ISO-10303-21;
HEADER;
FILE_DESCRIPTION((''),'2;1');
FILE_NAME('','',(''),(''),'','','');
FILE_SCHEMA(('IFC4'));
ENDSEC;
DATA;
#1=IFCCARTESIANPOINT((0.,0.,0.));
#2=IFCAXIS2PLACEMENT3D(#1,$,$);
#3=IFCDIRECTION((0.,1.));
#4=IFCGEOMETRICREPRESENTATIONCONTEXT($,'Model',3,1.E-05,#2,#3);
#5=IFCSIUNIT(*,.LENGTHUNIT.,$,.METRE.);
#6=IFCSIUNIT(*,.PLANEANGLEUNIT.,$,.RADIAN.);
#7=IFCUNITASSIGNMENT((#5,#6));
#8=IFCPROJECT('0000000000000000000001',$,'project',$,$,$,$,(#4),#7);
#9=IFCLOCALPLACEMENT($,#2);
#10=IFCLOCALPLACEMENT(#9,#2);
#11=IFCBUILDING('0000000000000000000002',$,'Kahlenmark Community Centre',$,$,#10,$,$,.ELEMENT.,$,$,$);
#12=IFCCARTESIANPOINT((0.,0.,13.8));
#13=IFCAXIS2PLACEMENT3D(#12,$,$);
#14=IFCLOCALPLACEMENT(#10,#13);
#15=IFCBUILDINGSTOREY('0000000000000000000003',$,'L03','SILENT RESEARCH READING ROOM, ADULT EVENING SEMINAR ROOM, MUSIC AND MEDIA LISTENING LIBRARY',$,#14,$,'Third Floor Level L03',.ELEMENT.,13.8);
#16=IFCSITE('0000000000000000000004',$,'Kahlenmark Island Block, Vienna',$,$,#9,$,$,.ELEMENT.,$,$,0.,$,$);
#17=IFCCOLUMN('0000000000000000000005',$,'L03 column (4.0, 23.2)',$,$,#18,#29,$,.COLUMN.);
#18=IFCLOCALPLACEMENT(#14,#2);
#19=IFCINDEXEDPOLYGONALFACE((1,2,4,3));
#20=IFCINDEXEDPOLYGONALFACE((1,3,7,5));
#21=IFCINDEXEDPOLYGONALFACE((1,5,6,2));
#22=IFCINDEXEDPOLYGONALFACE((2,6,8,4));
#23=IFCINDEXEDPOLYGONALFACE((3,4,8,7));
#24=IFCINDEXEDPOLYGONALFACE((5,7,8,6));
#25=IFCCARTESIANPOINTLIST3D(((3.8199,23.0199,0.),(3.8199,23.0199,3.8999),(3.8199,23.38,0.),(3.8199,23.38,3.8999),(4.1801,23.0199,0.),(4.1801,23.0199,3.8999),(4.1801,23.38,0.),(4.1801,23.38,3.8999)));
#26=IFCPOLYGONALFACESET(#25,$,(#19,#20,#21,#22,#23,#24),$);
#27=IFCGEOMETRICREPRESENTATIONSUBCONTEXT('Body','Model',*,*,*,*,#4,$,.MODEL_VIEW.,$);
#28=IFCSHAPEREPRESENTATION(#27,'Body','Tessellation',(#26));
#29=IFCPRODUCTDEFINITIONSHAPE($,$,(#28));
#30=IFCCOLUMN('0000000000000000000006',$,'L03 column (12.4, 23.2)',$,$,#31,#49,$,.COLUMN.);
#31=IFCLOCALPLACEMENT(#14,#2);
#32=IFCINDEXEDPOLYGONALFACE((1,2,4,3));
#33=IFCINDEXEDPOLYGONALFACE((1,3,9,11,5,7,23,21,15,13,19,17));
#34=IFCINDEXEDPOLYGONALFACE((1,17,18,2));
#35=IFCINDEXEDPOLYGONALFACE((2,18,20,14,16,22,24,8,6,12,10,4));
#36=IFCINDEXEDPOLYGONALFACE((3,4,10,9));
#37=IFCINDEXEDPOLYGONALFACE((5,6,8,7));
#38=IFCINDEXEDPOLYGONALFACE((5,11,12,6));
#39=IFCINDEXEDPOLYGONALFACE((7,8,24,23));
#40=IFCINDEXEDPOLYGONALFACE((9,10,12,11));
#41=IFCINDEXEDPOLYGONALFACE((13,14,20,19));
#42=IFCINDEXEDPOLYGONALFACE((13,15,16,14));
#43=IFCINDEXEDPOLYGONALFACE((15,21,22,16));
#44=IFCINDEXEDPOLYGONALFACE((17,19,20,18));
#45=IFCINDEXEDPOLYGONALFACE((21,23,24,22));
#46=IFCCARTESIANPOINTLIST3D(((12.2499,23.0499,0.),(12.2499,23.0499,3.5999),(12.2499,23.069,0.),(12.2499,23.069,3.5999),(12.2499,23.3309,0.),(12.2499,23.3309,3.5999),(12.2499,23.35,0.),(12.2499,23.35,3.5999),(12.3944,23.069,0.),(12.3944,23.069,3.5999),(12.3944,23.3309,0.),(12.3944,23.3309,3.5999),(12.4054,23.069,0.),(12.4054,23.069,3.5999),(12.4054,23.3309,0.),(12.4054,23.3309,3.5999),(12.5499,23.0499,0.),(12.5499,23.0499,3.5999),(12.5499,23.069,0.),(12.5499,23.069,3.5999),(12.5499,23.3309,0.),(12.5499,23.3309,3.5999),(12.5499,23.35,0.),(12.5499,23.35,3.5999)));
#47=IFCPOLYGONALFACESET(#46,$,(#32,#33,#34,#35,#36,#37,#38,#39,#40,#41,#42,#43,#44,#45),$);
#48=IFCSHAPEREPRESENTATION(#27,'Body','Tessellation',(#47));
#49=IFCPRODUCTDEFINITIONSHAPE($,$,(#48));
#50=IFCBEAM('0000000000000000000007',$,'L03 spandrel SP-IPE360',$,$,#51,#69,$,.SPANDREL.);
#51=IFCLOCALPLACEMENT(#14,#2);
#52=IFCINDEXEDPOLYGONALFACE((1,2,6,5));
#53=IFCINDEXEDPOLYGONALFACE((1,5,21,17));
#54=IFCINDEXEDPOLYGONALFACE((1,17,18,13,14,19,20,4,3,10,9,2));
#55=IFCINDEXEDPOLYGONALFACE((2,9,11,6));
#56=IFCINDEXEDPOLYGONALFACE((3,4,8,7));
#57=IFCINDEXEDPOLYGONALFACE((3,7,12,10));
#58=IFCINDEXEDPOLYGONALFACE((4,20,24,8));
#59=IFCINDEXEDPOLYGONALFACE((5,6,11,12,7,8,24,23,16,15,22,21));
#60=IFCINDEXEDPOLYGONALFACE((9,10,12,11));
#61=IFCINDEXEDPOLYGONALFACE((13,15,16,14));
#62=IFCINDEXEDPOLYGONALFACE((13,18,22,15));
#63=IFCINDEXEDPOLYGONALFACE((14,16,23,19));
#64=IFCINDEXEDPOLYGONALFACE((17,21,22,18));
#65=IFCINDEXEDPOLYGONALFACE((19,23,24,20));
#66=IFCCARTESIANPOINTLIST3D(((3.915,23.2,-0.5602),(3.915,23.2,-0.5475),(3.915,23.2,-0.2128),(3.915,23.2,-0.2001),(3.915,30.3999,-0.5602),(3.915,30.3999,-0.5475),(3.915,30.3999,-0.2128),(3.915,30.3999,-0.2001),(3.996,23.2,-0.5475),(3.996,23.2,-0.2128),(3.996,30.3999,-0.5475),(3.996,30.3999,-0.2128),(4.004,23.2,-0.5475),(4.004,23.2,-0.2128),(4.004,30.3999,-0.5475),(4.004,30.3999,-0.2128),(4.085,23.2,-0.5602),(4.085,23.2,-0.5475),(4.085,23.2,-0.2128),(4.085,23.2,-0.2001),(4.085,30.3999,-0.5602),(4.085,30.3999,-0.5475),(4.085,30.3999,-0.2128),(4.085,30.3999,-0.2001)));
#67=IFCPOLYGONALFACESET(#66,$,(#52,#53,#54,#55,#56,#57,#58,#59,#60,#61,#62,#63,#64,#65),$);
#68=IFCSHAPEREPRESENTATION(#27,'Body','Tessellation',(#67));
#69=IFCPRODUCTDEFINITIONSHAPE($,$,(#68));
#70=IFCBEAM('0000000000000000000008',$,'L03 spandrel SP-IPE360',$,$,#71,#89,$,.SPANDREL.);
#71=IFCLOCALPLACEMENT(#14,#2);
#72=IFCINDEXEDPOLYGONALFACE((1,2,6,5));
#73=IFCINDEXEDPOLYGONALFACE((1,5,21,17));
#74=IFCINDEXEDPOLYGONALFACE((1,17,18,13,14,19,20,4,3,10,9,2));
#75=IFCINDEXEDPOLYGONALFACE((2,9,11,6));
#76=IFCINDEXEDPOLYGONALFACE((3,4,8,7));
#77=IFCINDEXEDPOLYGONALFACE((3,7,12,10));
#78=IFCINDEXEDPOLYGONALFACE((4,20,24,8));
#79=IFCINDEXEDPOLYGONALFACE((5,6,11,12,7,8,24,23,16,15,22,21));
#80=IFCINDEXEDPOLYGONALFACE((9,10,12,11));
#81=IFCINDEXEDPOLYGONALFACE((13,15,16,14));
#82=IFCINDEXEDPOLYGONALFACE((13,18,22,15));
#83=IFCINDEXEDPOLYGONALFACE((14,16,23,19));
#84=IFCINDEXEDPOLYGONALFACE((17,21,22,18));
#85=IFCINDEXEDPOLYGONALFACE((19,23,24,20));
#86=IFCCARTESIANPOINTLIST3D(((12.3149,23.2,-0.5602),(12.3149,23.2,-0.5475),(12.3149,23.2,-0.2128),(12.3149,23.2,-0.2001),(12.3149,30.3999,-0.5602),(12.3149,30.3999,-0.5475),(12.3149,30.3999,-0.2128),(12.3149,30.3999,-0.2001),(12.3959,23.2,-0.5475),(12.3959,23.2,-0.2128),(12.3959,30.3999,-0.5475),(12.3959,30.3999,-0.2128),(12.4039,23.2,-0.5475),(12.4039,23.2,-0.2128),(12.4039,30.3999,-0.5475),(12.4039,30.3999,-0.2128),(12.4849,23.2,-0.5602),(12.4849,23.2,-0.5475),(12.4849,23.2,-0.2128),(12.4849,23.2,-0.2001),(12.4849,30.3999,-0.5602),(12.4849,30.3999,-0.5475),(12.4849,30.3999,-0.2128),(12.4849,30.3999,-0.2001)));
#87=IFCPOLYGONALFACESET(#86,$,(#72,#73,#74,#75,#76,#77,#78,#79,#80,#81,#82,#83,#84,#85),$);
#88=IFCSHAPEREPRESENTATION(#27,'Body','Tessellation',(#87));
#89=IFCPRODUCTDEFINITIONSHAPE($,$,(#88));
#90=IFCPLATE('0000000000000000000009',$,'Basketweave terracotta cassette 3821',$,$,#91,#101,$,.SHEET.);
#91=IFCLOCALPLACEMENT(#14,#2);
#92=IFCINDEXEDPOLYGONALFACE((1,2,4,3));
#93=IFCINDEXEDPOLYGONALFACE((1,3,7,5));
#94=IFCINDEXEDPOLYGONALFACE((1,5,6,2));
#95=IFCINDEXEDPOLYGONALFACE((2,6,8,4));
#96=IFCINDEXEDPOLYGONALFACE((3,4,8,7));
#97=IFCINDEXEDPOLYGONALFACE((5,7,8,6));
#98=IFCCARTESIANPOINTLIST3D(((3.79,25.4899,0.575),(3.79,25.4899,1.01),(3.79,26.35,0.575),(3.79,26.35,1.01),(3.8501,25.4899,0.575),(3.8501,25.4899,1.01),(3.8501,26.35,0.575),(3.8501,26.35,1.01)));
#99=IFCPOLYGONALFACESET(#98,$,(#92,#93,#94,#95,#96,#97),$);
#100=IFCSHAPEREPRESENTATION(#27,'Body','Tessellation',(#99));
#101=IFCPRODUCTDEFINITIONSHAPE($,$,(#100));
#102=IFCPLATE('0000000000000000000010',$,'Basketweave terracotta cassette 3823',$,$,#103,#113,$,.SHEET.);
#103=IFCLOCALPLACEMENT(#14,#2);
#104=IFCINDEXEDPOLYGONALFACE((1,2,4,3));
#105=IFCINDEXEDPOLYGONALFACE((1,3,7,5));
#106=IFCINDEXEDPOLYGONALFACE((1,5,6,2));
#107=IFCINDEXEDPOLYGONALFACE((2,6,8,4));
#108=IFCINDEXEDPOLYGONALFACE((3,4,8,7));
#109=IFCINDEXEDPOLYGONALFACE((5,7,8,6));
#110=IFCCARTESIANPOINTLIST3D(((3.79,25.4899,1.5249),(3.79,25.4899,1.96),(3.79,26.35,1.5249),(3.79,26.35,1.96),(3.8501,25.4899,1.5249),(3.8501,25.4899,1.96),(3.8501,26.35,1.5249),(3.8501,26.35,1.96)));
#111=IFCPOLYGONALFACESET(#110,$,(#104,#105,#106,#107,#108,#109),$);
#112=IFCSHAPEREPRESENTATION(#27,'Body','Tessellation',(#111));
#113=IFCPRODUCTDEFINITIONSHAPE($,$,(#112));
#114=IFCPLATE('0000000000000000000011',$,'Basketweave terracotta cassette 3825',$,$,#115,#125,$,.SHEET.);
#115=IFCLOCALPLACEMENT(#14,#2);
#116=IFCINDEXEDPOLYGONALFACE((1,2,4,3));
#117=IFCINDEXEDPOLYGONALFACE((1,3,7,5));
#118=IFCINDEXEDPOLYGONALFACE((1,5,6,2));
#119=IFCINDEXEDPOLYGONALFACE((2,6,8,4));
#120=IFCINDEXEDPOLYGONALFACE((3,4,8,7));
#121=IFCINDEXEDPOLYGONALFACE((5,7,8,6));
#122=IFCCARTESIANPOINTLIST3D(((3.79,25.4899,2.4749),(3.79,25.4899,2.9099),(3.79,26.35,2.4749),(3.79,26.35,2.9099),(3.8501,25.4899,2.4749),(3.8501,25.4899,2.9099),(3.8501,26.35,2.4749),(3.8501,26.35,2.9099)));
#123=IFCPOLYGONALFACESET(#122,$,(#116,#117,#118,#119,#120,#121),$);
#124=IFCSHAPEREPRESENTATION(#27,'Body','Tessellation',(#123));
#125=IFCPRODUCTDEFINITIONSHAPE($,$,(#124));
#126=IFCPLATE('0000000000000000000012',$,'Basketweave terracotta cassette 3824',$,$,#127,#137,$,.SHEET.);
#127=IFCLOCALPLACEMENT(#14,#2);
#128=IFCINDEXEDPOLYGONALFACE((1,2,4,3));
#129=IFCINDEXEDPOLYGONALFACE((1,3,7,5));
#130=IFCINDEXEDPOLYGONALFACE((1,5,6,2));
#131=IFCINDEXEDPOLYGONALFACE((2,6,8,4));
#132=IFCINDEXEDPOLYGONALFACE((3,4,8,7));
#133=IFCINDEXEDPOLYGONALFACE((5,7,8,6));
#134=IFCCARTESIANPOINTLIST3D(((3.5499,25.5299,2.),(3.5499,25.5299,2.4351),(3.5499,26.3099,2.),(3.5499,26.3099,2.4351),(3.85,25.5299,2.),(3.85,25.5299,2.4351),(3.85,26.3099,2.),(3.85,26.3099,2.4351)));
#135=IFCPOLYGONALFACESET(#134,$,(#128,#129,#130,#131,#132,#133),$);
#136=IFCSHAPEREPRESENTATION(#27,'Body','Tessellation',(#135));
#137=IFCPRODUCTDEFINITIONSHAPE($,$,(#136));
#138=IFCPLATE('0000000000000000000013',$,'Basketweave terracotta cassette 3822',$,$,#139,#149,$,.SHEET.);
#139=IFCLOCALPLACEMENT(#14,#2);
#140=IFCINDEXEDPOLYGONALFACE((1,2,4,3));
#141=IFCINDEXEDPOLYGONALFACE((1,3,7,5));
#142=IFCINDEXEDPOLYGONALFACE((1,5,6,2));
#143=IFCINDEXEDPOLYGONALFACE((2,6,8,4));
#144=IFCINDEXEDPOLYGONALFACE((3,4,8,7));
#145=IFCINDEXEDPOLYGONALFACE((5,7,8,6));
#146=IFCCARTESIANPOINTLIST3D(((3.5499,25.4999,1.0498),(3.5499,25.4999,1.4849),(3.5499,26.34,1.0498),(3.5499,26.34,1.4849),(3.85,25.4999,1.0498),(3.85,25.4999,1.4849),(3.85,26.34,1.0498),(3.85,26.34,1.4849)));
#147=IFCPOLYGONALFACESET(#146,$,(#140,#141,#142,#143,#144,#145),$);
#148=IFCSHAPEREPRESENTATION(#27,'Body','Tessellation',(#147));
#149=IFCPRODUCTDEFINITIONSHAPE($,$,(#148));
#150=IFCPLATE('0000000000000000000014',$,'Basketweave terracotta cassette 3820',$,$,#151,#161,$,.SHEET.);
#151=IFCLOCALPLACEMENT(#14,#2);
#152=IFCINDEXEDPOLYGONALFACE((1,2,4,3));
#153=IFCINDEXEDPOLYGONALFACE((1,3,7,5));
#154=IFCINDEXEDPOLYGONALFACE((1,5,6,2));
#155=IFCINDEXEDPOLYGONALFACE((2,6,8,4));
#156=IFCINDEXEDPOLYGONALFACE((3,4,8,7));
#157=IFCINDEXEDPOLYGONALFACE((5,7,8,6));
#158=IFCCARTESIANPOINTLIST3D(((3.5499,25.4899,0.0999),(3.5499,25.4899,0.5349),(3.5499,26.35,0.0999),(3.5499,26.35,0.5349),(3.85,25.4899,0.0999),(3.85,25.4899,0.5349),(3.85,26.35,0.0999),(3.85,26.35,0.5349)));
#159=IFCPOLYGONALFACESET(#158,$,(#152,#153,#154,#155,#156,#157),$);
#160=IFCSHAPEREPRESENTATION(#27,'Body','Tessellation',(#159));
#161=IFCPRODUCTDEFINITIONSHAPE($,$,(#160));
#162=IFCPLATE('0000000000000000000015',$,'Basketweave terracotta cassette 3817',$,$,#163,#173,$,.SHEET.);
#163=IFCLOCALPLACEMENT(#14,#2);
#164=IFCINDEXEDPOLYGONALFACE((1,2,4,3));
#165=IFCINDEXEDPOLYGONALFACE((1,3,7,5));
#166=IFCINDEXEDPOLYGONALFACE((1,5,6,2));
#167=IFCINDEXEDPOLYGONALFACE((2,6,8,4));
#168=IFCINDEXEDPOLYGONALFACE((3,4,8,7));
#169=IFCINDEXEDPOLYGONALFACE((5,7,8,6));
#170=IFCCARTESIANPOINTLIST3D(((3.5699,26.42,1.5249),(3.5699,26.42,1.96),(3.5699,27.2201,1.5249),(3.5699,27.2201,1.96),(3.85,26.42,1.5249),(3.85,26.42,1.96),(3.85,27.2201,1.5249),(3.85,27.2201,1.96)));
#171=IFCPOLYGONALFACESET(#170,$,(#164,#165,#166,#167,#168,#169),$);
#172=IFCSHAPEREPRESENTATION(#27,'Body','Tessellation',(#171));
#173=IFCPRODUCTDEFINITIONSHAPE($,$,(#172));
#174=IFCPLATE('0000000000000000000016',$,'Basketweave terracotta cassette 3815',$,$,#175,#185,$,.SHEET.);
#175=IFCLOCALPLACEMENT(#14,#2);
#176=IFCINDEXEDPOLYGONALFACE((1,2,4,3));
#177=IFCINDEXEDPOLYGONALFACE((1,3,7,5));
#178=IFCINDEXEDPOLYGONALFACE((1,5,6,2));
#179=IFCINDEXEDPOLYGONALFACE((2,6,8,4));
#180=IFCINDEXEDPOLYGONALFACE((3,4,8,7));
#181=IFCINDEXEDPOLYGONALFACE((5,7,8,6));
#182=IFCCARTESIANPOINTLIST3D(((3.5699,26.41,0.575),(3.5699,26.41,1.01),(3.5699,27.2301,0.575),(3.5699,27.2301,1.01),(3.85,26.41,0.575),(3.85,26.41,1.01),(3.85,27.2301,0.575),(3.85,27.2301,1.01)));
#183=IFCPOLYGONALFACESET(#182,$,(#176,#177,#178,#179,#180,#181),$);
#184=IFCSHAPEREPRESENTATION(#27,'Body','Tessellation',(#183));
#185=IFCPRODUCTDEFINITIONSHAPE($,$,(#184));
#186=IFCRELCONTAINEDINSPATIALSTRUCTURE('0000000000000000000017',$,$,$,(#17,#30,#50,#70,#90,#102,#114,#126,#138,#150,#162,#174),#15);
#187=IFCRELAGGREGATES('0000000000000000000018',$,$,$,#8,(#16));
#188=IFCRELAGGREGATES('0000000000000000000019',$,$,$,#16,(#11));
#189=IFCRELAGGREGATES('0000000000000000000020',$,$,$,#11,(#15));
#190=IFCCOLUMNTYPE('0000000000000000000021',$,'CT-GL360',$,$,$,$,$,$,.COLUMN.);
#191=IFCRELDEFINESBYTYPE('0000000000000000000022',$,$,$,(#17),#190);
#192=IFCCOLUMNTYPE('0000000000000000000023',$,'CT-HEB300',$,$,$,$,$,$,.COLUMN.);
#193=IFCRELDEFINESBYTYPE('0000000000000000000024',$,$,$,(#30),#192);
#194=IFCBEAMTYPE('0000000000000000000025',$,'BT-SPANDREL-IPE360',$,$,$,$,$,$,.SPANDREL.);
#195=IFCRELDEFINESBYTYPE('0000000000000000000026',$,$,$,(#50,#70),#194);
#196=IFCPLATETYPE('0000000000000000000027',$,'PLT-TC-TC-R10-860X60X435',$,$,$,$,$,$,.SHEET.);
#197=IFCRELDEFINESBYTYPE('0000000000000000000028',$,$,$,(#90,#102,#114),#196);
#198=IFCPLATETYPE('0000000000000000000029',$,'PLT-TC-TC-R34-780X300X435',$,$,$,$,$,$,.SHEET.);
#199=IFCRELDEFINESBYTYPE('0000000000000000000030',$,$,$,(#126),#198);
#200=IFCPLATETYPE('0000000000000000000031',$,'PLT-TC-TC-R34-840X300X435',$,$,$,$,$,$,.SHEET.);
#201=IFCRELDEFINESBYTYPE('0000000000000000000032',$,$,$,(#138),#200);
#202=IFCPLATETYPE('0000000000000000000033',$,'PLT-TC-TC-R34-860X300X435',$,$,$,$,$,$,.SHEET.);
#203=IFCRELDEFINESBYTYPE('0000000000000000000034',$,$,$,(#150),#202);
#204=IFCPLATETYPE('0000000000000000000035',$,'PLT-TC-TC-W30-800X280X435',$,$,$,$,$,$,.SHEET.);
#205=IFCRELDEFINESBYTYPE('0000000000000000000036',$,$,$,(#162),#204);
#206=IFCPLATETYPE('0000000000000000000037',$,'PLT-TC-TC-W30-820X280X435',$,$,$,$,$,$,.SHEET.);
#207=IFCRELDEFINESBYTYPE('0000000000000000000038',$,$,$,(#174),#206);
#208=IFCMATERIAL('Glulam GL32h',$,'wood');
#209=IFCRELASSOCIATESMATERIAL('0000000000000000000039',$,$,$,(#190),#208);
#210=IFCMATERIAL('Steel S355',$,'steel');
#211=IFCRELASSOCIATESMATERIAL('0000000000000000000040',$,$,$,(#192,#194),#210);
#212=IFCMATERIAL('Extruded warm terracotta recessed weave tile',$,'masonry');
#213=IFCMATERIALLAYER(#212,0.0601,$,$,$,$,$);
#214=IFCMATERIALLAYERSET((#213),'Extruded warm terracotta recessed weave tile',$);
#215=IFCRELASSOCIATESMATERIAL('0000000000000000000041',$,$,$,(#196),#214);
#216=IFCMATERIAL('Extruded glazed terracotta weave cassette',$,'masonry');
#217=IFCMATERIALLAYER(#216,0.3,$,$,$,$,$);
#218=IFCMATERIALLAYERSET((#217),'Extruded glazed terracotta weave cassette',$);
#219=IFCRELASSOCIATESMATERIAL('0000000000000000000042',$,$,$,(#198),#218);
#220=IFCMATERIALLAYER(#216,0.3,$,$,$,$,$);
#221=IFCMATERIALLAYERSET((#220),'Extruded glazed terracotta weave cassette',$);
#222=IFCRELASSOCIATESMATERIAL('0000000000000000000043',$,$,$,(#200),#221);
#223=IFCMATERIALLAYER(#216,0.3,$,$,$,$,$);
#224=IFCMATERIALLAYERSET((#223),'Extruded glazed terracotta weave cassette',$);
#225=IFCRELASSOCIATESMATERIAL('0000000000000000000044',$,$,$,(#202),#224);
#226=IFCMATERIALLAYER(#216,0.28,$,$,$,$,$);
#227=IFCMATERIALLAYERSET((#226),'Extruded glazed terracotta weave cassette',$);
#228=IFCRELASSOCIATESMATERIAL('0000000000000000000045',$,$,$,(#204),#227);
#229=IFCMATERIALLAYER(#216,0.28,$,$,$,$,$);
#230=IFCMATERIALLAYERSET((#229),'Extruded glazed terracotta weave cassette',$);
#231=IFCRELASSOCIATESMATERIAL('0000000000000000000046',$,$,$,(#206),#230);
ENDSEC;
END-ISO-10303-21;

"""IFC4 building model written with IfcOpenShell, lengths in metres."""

from ifc_helpers import new_model, si_unit, direction, frame, origin, origin_2d, place, context, subcontext, project, spatial, rectangle, i_section, extrude, material, layer, layer_set, material_profile, profile_set, type_object, element, save


model = new_model("IFC4")

# Units and contexts
model_context = context("Model", 3, precision=1e-05, world=origin(), true_north=direction((0.0, 1.0)))
body_context = subcontext(model_context, "Body", "Model", "MODEL_VIEW")
ifc_project = project(units=[si_unit("LENGTHUNIT", "METRE"), si_unit("PLANEANGLEUNIT", "RADIAN")], contexts=[model_context])

# Site, building, storey
site_placement = place(None, origin())
site = spatial("IfcSite", under=ifc_project, at=site_placement, Name="Kahlenmark Island Block, Vienna", CompositionType="ELEMENT", RefElevation=0.0)
building_placement = place(site_placement, origin())
building = spatial("IfcBuilding", under=site, at=building_placement, Name="Kahlenmark Community Centre", CompositionType="ELEMENT")
storey_placement = place(building_placement, frame((0.0, 0.0, 13.8)))
storey = spatial("IfcBuildingStorey", under=building, at=storey_placement, Name="L03", Description="SILENT RESEARCH READING ROOM, ADULT EVENING SEMINAR ROOM, MUSIC AND MEDIA LISTENING LIBRARY", LongName="Third Floor Level L03", CompositionType="ELEMENT", Elevation=13.8)

# Columns
ifc_material_1 = material(Name="Glulam GL32h", Category="wood")
ifc_material_profile_1 = material_profile(ifc_material_1, rectangle(XDim=0.3601, YDim=0.3601, at=origin_2d()), Name="GL32h 360x360")
ifc_profile_set_1 = profile_set([ifc_material_profile_1], Name="Glulam GL32h")
column_type_1 = type_object("IfcColumnType", Name="CT-GL360", PredefinedType="COLUMN", material=ifc_profile_set_1)
column_1_placement = place(storey_placement, frame((4.0, 23.2, 0.0), z_axis=(0.0, 0.0, 1.0), x_axis=(1.0, 0.0, 0.0)))
element("IfcColumn", 1, at=column_1_placement, inside=storey, type_object=column_type_1, Name="L03 column (4.0, 23.2)", PredefinedType="COLUMN", context=body_context, shape_type="SweptSolid", body=[
    extrude(rectangle(XDim=0.3601, YDim=0.3601, at=origin_2d()), origin(), (0.0, 0.0, 1.0), 3.8999),
])
ifc_material_2 = material(Name="Steel S355", Category="steel")
ifc_material_profile_2 = material_profile(ifc_material_2, i_section(OverallWidth=0.3, OverallDepth=0.3, WebThickness=0.011, FlangeThickness=0.019, at=origin_2d()), Name="HEB 300")
ifc_profile_set_2 = profile_set([ifc_material_profile_2], Name="Steel S355")
column_type_2 = type_object("IfcColumnType", Name="CT-HEB300", PredefinedType="COLUMN", material=ifc_profile_set_2)
column_2_placement = place(storey_placement, frame((12.3999, 23.2, 0.0), z_axis=(0.0, 0.0, 1.0), x_axis=(1.0, 0.0, 0.0)))
element("IfcColumn", 2, at=column_2_placement, inside=storey, type_object=column_type_2, Name="L03 column (12.4, 23.2)", PredefinedType="COLUMN", context=body_context, shape_type="SweptSolid", body=[
    extrude(i_section(OverallWidth=0.3, OverallDepth=0.3, WebThickness=0.011, FlangeThickness=0.019, at=origin_2d()), origin(), (0.0, 0.0, 1.0), 3.5999),
])

# Beams
ifc_material_profile_3 = material_profile(ifc_material_2, i_section(OverallWidth=0.1699, OverallDepth=0.3601, WebThickness=0.0081, FlangeThickness=0.0127, at=origin_2d()), Name="IPE 360")
ifc_profile_set_3 = profile_set([ifc_material_profile_3], Name="Steel S355")
beam_type = type_object("IfcBeamType", Name="BT-SPANDREL-IPE360", PredefinedType="SPANDREL", material=ifc_profile_set_3)
for number, where, z_axis, x_axis, name in (
    (3, (4.0, 23.2, -0.3801), (0.0, 1.0, 0.0), (-1.0, 0.0, 0.0), "L03 spandrel SP-IPE360"),
    (4, (12.3999, 23.2, -0.3801), (0.0, 1.0, 0.0), (-1.0, 0.0, 0.0), "L03 spandrel SP-IPE360"),
):
    element("IfcBeam", number, at=place(storey_placement, frame(where, z_axis=z_axis, x_axis=x_axis)), inside=storey, type_object=beam_type, Name=name, PredefinedType="SPANDREL", context=body_context, shape_type="SweptSolid", body=[
        extrude(i_section(OverallWidth=0.1699, OverallDepth=0.3601, WebThickness=0.0081, FlangeThickness=0.0127, at=origin_2d()), origin(), (0.0, 0.0, 1.0), 7.2),
    ])

# Plates
ifc_material_3 = material(Name="Extruded warm terracotta recessed weave tile", Category="masonry")
ifc_layer_1 = layer(ifc_material_3, 0.0601)
ifc_layer_set_1 = layer_set([ifc_layer_1], Name="Extruded warm terracotta recessed weave tile")
plate_type_1 = type_object("IfcPlateType", Name="PLT-TC-TC-R10-860X60X435", PredefinedType="SHEET", material=ifc_layer_set_1)
for number, where, z_axis, x_axis, name in (
    (5, (3.8201, 25.9199, 0.575), (0.0, 0.0, 1.0), (0.0, -1.0, 0.0), "Basketweave terracotta cassette 3821"),
    (6, (3.8201, 25.9199, 1.5249), (0.0, 0.0, 1.0), (0.0, -1.0, 0.0), "Basketweave terracotta cassette 3823"),
    (7, (3.8201, 25.9199, 2.4749), (0.0, 0.0, 1.0), (0.0, -1.0, 0.0), "Basketweave terracotta cassette 3825"),
):
    element("IfcPlate", number, at=place(storey_placement, frame(where, z_axis=z_axis, x_axis=x_axis)), inside=storey, type_object=plate_type_1, Name=name, PredefinedType="SHEET", context=body_context, shape_type="SweptSolid", body=[
        extrude(rectangle(XDim=0.8601, YDim=0.0601, at=origin_2d()), origin(), (0.0, 0.0, 1.0), 0.4351),
    ])
ifc_material_4 = material(Name="Extruded glazed terracotta weave cassette", Category="masonry")
ifc_layer_2 = layer(ifc_material_4, 0.3)
ifc_layer_set_2 = layer_set([ifc_layer_2], Name="Extruded glazed terracotta weave cassette")
plate_type_2 = type_object("IfcPlateType", Name="PLT-TC-TC-R34-780X300X435", PredefinedType="SHEET", material=ifc_layer_set_2)
plate_1_placement = place(storey_placement, frame((3.7, 25.9199, 2.0), z_axis=(0.0, 0.0, 1.0), x_axis=(0.0, -1.0, 0.0)))
element("IfcPlate", 8, at=plate_1_placement, inside=storey, type_object=plate_type_2, Name="Basketweave terracotta cassette 3824", PredefinedType="SHEET", context=body_context, shape_type="SweptSolid", body=[
    extrude(rectangle(XDim=0.78, YDim=0.3, at=origin_2d()), origin(), (0.0, 0.0, 1.0), 0.4351),
])
ifc_layer_3 = layer(ifc_material_4, 0.3)
ifc_layer_set_3 = layer_set([ifc_layer_3], Name="Extruded glazed terracotta weave cassette")
plate_type_3 = type_object("IfcPlateType", Name="PLT-TC-TC-R34-840X300X435", PredefinedType="SHEET", material=ifc_layer_set_3)
plate_2_placement = place(storey_placement, frame((3.7, 25.9199, 1.0498), z_axis=(0.0, 0.0, 1.0), x_axis=(0.0, -1.0, 0.0)))
element("IfcPlate", 9, at=plate_2_placement, inside=storey, type_object=plate_type_3, Name="Basketweave terracotta cassette 3822", PredefinedType="SHEET", context=body_context, shape_type="SweptSolid", body=[
    extrude(rectangle(XDim=0.8401, YDim=0.3, at=origin_2d()), origin(), (0.0, 0.0, 1.0), 0.4351),
])
ifc_layer_4 = layer(ifc_material_4, 0.3)
ifc_layer_set_4 = layer_set([ifc_layer_4], Name="Extruded glazed terracotta weave cassette")
plate_type_4 = type_object("IfcPlateType", Name="PLT-TC-TC-R34-860X300X435", PredefinedType="SHEET", material=ifc_layer_set_4)
plate_3_placement = place(storey_placement, frame((3.7, 25.9199, 0.0999), z_axis=(0.0, 0.0, 1.0), x_axis=(0.0, -1.0, 0.0)))
element("IfcPlate", 10, at=plate_3_placement, inside=storey, type_object=plate_type_4, Name="Basketweave terracotta cassette 3820", PredefinedType="SHEET", context=body_context, shape_type="SweptSolid", body=[
    extrude(rectangle(XDim=0.8601, YDim=0.3, at=origin_2d()), origin(), (0.0, 0.0, 1.0), 0.4351),
])
ifc_layer_5 = layer(ifc_material_4, 0.28)
ifc_layer_set_5 = layer_set([ifc_layer_5], Name="Extruded glazed terracotta weave cassette")
plate_type_5 = type_object("IfcPlateType", Name="PLT-TC-TC-W30-800X280X435", PredefinedType="SHEET", material=ifc_layer_set_5)
plate_4_placement = place(storey_placement, frame((3.71, 26.8201, 1.5249), z_axis=(0.0, 0.0, 1.0), x_axis=(0.0, -1.0, 0.0)))
element("IfcPlate", 11, at=plate_4_placement, inside=storey, type_object=plate_type_5, Name="Basketweave terracotta cassette 3817", PredefinedType="SHEET", context=body_context, shape_type="SweptSolid", body=[
    extrude(rectangle(XDim=0.8, YDim=0.28, at=origin_2d()), origin(), (0.0, 0.0, 1.0), 0.4351),
])
ifc_layer_6 = layer(ifc_material_4, 0.28)
ifc_layer_set_6 = layer_set([ifc_layer_6], Name="Extruded glazed terracotta weave cassette")
plate_type_6 = type_object("IfcPlateType", Name="PLT-TC-TC-W30-820X280X435", PredefinedType="SHEET", material=ifc_layer_set_6)
plate_5_placement = place(storey_placement, frame((3.71, 26.8201, 0.575), z_axis=(0.0, 0.0, 1.0), x_axis=(0.0, -1.0, 0.0)))
element("IfcPlate", 12, at=plate_5_placement, inside=storey, type_object=plate_type_6, Name="Basketweave terracotta cassette 3815", PredefinedType="SHEET", context=body_context, shape_type="SweptSolid", body=[
    extrude(rectangle(XDim=0.8201, YDim=0.28, at=origin_2d()), origin(), (0.0, 0.0, 1.0), 0.4351),
])

save(model, "model.ifc")
